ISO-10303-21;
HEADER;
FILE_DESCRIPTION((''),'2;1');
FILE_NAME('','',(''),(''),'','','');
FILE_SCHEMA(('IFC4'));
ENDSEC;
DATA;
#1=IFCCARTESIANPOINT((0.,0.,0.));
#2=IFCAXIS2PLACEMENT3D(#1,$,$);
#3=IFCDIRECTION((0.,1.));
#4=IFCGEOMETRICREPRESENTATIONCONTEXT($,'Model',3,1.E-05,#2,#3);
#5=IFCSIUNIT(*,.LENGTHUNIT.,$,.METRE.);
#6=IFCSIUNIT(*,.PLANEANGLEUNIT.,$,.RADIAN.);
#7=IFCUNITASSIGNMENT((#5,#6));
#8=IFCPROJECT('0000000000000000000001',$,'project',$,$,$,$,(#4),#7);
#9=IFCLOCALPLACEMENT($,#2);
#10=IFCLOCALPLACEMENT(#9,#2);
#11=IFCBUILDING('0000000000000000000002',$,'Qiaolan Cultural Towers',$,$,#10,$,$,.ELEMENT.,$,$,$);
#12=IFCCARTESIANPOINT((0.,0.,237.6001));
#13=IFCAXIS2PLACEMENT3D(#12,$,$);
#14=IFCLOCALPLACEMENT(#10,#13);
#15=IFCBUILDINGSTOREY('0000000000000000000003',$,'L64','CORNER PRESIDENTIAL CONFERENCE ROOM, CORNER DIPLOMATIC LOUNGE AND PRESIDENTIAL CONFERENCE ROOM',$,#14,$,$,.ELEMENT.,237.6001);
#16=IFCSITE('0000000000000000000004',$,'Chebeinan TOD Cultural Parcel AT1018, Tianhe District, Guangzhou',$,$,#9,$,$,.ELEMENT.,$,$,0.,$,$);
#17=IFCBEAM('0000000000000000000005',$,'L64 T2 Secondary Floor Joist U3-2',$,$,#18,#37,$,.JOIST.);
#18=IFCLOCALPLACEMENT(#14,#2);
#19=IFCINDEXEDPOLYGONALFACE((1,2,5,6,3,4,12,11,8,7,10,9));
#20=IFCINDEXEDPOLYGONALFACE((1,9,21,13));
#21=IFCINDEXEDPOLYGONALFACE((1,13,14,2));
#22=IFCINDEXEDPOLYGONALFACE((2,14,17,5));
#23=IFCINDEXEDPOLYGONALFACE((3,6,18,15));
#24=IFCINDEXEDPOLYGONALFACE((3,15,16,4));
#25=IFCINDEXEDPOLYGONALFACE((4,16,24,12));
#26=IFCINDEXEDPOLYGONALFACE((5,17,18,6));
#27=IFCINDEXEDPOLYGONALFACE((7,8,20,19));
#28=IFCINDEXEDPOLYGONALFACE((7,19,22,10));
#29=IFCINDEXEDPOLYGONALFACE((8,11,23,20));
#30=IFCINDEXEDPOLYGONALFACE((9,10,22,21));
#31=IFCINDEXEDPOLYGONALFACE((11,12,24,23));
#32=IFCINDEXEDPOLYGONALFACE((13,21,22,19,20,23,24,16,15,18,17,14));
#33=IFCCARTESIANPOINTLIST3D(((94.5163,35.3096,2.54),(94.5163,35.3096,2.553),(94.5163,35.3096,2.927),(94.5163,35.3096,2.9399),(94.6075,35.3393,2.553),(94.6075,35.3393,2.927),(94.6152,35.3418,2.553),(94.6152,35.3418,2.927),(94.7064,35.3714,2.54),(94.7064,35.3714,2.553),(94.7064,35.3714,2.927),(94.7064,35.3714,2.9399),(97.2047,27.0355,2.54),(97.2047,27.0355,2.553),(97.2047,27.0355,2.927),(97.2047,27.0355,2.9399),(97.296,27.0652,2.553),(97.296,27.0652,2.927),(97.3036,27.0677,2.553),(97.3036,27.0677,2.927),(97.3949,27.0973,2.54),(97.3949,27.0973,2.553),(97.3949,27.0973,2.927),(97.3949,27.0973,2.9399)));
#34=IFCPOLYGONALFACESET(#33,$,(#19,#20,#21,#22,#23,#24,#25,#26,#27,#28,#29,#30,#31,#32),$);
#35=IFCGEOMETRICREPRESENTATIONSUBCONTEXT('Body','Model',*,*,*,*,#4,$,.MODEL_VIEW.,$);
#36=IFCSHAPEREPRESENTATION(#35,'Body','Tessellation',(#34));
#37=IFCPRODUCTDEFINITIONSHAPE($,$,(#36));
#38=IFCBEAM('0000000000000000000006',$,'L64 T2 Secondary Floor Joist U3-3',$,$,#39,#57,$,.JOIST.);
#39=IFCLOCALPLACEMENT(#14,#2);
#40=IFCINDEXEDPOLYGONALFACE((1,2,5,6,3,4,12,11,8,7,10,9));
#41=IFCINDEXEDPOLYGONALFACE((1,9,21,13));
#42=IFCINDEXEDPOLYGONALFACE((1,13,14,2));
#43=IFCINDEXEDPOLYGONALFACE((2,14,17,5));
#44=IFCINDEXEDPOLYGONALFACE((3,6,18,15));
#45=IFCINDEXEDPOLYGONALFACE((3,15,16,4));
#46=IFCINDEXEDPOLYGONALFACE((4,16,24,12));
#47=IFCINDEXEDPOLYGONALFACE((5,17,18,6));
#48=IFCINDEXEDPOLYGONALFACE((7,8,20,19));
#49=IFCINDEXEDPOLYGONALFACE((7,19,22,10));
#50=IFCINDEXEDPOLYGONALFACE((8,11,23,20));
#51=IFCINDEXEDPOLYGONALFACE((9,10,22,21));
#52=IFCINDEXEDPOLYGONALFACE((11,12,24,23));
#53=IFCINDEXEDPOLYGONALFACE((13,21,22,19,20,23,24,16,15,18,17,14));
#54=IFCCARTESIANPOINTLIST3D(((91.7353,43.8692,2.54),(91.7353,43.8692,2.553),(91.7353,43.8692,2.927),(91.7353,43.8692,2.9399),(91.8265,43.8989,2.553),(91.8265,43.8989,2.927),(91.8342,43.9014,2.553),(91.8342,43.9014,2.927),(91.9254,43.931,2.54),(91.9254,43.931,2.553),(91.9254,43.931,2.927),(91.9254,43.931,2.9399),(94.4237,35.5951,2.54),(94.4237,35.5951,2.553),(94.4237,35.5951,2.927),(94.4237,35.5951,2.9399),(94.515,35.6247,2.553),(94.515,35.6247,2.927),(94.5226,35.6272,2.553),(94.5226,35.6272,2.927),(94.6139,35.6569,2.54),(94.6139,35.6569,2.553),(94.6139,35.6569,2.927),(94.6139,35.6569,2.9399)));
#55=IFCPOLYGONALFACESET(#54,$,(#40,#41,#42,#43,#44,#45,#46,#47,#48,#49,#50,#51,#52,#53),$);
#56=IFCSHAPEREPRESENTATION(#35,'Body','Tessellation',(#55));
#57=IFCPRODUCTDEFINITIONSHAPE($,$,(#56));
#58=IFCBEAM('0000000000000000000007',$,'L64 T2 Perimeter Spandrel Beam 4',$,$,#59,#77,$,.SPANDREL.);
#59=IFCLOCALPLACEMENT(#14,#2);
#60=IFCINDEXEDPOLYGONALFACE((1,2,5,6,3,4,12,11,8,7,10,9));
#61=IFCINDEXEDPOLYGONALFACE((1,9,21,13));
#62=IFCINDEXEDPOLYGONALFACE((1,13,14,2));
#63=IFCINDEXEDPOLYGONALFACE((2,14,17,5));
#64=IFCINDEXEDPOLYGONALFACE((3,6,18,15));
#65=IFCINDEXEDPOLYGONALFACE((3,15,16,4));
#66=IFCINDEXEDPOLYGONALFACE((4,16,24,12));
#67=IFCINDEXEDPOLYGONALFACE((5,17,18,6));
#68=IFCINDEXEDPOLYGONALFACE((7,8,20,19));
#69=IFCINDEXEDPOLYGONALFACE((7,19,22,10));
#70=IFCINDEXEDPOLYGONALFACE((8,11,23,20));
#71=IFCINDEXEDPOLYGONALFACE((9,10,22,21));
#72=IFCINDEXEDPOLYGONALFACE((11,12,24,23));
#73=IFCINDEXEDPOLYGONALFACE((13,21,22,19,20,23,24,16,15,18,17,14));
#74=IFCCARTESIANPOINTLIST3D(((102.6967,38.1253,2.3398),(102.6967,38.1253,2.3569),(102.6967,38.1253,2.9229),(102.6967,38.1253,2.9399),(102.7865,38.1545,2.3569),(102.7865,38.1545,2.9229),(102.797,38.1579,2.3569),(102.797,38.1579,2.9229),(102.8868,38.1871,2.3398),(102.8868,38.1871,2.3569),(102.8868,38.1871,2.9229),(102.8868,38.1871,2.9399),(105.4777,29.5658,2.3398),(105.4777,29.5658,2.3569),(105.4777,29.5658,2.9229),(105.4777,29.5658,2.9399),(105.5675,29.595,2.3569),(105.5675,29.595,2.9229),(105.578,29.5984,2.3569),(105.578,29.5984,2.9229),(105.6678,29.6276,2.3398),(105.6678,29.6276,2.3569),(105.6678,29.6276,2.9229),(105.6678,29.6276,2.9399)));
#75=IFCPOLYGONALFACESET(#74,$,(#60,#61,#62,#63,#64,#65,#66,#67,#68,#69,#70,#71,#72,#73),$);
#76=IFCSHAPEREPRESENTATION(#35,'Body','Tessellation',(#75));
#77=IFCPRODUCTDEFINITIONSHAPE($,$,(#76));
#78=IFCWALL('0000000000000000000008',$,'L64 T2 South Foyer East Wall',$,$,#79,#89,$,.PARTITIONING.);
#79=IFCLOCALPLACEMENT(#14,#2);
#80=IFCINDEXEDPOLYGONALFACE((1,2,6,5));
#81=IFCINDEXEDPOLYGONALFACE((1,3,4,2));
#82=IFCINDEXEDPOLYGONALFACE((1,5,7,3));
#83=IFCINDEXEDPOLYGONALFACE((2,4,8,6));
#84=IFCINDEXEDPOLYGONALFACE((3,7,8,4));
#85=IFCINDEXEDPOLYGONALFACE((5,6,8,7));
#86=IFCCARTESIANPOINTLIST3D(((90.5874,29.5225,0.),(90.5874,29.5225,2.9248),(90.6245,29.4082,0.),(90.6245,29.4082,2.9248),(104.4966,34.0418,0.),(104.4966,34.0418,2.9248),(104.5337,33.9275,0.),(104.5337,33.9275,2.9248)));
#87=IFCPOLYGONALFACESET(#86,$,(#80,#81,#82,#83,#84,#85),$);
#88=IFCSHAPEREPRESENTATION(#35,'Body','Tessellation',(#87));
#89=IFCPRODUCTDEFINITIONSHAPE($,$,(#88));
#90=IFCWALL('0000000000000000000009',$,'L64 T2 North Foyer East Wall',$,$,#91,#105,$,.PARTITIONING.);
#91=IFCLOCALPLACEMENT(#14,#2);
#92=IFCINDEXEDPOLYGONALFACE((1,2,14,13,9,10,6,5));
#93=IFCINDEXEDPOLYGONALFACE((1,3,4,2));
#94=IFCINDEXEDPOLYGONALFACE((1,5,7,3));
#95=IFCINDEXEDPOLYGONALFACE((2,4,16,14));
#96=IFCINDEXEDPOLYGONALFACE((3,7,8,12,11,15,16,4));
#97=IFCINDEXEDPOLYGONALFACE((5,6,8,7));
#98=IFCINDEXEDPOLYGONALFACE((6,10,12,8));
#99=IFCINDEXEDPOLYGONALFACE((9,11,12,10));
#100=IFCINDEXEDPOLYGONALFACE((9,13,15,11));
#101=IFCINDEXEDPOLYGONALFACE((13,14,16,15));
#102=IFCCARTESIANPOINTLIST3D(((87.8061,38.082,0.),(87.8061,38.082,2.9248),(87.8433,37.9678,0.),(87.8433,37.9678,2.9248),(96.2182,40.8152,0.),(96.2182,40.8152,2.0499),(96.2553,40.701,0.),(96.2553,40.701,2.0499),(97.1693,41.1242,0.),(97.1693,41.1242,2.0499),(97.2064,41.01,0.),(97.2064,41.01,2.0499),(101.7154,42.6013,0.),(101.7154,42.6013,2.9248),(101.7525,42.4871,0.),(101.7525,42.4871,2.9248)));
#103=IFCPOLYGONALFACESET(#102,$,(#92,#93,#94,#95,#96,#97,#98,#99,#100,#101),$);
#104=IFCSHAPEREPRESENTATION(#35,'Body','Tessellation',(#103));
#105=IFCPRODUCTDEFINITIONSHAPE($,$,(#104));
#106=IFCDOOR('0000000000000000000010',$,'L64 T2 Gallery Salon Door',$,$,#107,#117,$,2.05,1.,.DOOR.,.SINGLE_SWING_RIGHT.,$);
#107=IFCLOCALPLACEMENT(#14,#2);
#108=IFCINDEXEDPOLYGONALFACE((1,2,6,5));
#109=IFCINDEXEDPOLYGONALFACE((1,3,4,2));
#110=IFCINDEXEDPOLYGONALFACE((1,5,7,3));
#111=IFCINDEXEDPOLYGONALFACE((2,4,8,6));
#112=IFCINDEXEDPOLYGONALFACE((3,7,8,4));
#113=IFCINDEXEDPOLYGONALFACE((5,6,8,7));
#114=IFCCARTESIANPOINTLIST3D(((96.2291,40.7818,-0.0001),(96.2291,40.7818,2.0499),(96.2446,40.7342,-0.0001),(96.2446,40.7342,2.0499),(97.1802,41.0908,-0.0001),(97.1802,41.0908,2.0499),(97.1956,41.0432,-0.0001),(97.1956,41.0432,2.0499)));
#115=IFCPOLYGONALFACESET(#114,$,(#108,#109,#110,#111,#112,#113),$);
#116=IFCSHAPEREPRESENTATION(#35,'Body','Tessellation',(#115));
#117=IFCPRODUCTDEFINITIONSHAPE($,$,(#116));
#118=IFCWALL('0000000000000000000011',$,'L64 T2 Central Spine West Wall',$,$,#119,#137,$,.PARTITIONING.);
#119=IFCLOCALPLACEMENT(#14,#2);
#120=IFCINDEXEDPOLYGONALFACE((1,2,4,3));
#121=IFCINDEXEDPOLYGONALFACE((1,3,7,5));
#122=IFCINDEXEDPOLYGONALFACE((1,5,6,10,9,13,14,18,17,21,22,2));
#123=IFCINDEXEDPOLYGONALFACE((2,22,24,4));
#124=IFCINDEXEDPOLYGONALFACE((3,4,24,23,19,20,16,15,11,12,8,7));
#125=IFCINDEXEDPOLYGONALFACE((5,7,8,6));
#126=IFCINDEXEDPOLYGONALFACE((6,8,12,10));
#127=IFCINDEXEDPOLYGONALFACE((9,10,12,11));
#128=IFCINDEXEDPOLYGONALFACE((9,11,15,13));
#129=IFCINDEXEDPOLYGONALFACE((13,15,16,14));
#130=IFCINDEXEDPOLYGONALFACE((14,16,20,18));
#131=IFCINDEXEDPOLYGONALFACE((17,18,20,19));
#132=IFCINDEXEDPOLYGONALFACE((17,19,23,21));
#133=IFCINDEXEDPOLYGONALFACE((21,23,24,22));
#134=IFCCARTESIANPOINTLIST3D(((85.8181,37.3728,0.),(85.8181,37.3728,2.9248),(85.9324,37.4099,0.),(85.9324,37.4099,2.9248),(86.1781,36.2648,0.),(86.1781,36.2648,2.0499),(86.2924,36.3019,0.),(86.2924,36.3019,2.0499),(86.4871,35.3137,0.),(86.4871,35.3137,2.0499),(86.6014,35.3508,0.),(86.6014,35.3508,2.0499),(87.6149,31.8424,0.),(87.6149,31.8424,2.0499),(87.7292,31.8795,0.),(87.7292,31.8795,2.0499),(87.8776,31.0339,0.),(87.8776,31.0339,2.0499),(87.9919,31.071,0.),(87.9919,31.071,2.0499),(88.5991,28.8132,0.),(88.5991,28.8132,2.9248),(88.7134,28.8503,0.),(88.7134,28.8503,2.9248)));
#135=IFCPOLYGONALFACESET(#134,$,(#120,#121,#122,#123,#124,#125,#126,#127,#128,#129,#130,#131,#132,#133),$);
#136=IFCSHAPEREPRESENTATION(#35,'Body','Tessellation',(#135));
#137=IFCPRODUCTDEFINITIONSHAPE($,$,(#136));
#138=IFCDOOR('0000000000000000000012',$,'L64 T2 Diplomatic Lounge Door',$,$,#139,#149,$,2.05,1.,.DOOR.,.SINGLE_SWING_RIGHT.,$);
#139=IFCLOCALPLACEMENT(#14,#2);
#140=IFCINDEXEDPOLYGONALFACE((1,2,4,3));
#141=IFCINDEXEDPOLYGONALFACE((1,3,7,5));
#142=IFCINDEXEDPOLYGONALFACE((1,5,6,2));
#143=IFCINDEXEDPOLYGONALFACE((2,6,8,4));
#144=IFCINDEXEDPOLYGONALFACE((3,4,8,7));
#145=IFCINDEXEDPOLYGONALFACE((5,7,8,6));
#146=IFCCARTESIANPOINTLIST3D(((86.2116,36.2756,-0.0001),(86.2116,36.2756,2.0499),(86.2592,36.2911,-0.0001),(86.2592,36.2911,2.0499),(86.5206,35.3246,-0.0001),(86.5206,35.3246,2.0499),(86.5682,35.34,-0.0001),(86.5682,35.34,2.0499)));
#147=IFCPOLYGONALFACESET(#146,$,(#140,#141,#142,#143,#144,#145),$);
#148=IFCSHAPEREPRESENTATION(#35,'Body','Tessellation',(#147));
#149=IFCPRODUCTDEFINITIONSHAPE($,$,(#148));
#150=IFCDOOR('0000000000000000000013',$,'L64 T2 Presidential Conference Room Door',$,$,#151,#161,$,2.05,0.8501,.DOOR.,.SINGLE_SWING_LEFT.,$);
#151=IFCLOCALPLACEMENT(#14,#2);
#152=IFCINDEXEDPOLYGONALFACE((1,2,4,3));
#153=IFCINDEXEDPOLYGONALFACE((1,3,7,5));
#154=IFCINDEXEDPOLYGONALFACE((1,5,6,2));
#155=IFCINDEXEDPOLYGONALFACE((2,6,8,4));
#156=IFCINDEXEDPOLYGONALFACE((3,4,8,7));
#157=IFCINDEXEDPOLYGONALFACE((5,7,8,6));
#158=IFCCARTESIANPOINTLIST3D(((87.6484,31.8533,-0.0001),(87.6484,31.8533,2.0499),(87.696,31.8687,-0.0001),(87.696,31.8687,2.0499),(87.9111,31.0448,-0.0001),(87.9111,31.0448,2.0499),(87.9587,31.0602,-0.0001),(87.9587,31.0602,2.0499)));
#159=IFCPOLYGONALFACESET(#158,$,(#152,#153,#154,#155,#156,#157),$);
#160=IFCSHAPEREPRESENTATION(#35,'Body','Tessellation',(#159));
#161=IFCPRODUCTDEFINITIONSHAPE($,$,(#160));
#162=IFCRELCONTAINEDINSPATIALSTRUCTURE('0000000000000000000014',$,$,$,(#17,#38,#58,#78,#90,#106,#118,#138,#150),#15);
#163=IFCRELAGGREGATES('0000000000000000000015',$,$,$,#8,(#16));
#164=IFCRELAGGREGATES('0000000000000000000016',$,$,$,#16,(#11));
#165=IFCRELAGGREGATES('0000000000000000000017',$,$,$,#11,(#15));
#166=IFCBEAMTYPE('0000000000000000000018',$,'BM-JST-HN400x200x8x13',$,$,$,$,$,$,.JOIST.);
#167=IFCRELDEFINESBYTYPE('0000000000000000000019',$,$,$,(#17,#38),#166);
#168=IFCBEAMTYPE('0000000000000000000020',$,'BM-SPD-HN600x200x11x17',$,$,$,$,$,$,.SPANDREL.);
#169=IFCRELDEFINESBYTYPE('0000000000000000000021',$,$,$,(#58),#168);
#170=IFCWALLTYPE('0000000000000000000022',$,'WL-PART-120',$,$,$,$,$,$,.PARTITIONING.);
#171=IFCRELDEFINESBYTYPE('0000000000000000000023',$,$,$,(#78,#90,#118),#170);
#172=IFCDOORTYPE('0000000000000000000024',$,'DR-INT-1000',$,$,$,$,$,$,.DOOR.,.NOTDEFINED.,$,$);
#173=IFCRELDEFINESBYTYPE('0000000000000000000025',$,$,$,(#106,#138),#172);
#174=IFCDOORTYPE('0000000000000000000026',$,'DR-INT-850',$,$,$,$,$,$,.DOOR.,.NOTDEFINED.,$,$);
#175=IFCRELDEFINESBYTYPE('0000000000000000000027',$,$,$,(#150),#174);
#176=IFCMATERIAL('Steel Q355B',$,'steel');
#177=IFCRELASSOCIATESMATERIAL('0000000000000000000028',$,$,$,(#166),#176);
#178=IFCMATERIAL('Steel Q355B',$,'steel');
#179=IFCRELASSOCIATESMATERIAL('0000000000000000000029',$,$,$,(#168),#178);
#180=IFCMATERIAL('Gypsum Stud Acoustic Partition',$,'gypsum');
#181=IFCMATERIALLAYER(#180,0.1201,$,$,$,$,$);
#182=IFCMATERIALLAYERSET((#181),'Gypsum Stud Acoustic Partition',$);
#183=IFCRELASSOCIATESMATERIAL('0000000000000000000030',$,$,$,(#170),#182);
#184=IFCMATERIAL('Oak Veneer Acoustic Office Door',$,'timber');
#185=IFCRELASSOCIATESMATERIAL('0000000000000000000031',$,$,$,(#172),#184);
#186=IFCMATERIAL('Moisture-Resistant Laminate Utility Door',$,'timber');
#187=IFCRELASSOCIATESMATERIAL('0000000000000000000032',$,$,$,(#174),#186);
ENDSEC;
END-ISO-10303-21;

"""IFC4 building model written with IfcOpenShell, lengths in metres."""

from ifc_helpers import new_model, si_unit, direction, frame, frame_2d, origin, origin_2d, place, context, subcontext, project, spatial, rectangle, i_section, extrude, material, layer, layer_set, material_profile, profile_set, type_object, element, fill, save


model = new_model("IFC4")

# Units and contexts
model_context = context("Model", 3, precision=1e-05, world=origin(), true_north=direction((0.0, 1.0)))
body_context = subcontext(model_context, "Body", "Model", "MODEL_VIEW")
ifc_project = project(units=[si_unit("LENGTHUNIT", "METRE"), si_unit("PLANEANGLEUNIT", "RADIAN")], contexts=[model_context])

# Site, building, storey
site_placement = place(None, origin())
site = spatial("IfcSite", under=ifc_project, at=site_placement, Name="Chebeinan TOD Cultural Parcel AT1018, Tianhe District, Guangzhou", CompositionType="ELEMENT", RefElevation=0.0)
building_placement = place(site_placement, origin())
building = spatial("IfcBuilding", under=site, at=building_placement, Name="Qiaolan Cultural Towers", CompositionType="ELEMENT")
storey_placement = place(building_placement, frame((0.0, 0.0, 237.6001)))
storey = spatial("IfcBuildingStorey", under=building, at=storey_placement, Name="L64", Description="CORNER PRESIDENTIAL CONFERENCE ROOM, CORNER DIPLOMATIC LOUNGE AND PRESIDENTIAL CONFERENCE ROOM", CompositionType="ELEMENT", Elevation=237.6001)

# Beams
ifc_material_1 = material(Name="Steel Q355B", Category="steel")
ifc_material_profile_1 = material_profile(ifc_material_1, i_section(OverallWidth=0.2, OverallDepth=0.3999, WebThickness=0.0081, FlangeThickness=0.0129, at=origin_2d()), Name="HN400x200x8x13")
ifc_profile_set_1 = profile_set([ifc_material_profile_1], Name="Steel Q355B")
beam_type_1 = type_object("IfcBeamType", Name="BM-JST-HN400x200x8x13", PredefinedType="JOIST", material=ifc_profile_set_1)
for number, where, z_axis, x_axis, name in (
    (1, (97.2998, 27.0664, 2.74), (-0.309021, 0.951055, 0.0), (-0.951055, -0.309021, 0.0), "L64 T2 Secondary Floor Joist U3-2"),
    (2, (94.5188, 35.626, 2.74), (-0.309021, 0.951055, 0.0), (-0.951055, -0.309021, 0.0), "L64 T2 Secondary Floor Joist U3-3"),
):
    element("IfcBeam", number, at=place(storey_placement, frame(where, z_axis=z_axis, x_axis=x_axis)), inside=storey, type_object=beam_type_1, Name=name, PredefinedType="JOIST", context=body_context, shape_type="SweptSolid", body=[
        extrude(i_section(OverallWidth=0.2, OverallDepth=0.3999, WebThickness=0.0081, FlangeThickness=0.0129, at=origin_2d()), origin(), (0.0, 0.0, 1.0), 8.7),
    ])
ifc_material_2 = material(Name="Steel Q355B", Category="steel")
ifc_material_profile_2 = material_profile(ifc_material_2, i_section(OverallWidth=0.2, OverallDepth=0.6001, WebThickness=0.011, FlangeThickness=0.0171, at=origin_2d()), Name="HN600x200x11x17")
ifc_profile_set_2 = profile_set([ifc_material_profile_2], Name="Steel Q355B")
beam_type_2 = type_object("IfcBeamType", Name="BM-SPD-HN600x200x11x17", PredefinedType="SPANDREL", material=ifc_profile_set_2)
beam_1_placement = place(storey_placement, frame((105.5728, 29.5967, 2.6399), z_axis=(-0.309, 0.951062, 0.0), x_axis=(-0.951062, -0.309, 0.0)))
element("IfcBeam", 3, at=beam_1_placement, inside=storey, type_object=beam_type_2, Name="L64 T2 Perimeter Spandrel Beam 4", PredefinedType="SPANDREL", context=body_context, shape_type="SweptSolid", body=[
    extrude(i_section(OverallWidth=0.2, OverallDepth=0.6001, WebThickness=0.011, FlangeThickness=0.0171, at=origin_2d()), origin(), (0.0, 0.0, 1.0), 9.0),
])

# Wall
ifc_material_3 = material(Name="Gypsum Stud Acoustic Partition", Category="gypsum")
ifc_layer_1 = layer(ifc_material_3, 0.1201)
ifc_layer_set_1 = layer_set([ifc_layer_1], Name="Gypsum Stud Acoustic Partition")
wall_type_1 = type_object("IfcWallType", Name="WL-PART-120", PredefinedType="PARTITIONING", material=ifc_layer_set_1)
wall_1_placement = place(storey_placement, frame((90.606, 29.4653, 0.0), z_axis=(0.0, 0.0, 1.0), x_axis=(0.951058, 0.309012, 0.0)))
element("IfcWall", 4, at=wall_1_placement, inside=storey, type_object=wall_type_1, Name="L64 T2 South Foyer East Wall", PredefinedType="PARTITIONING", context=body_context, shape_type="SweptSolid", body=[
    extrude(rectangle(XDim=14.625, YDim=0.1201, at=frame_2d((7.3125, 0.0))), origin(), (0.0, 0.0, 1.0), 2.9248),
])

# Wall, opening, door
wall_2_placement = place(storey_placement, frame((87.8247, 38.0249, 0.0), z_axis=(0.0, 0.0, 1.0), x_axis=(0.951058, 0.309012, 0.0)))
wall_2 = element("IfcWall", 5, at=wall_2_placement, inside=storey, type_object=wall_type_1, Name="L64 T2 North Foyer East Wall", PredefinedType="PARTITIONING", context=body_context, shape_type="SweptSolid", body=[
    extrude(rectangle(XDim=14.625, YDim=0.1201, at=frame_2d((7.3125, 0.0))), origin(), (0.0, 0.0, 1.0), 2.9248),
])
opening_1_placement = place(wall_2_placement, frame((8.845, 0.0, 0.0)))
opening_1 = element("IfcOpeningElement", 6, at=opening_1_placement, cuts=wall_2, PredefinedType="OPENING", context=body_context, shape_type="SweptSolid", body=[
    extrude(rectangle(XDim=1.0, YDim=2.05, at=frame_2d((0.5, 1.0249))), frame((0.0, 0.0701, 0.0), z_axis=(0.0, -1.0, 0.0), x_axis=(1.0, 0.0, 0.0)), (0.0, 0.0, 1.0), 0.1401),
])
ifc_material_4 = material(Name="Oak Veneer Acoustic Office Door", Category="timber")
door_type_1 = type_object("IfcDoorType", Name="DR-INT-1000", OperationType="NOTDEFINED", PredefinedType="DOOR", material=ifc_material_4)
door_1_placement = place(opening_1_placement, origin())
door_1 = element("IfcDoor", 7, at=door_1_placement, inside=storey, type_object=door_type_1, Name="L64 T2 Gallery Salon Door", OperationType="SINGLE_SWING_RIGHT", OverallHeight=2.05, OverallWidth=1.0, PredefinedType="DOOR", context=body_context, shape_type="SweptSolid", body=[
    extrude(rectangle(XDim=1.0, YDim=2.05, at=frame_2d((0.5, 1.0249))), frame((0.0, 0.0249, 0.0), z_axis=(0.0, -1.0, 0.0), x_axis=(1.0, 0.0, 0.0)), (0.0, 0.0, 1.0), 0.05),
])
fill(opening_1, door_1)

# Wall, openings, doors
wall_3_placement = place(storey_placement, frame((88.6562, 28.8318, 0.0), z_axis=(0.0, 0.0, 1.0), x_axis=(-0.309, 0.951062, 0.0)))
wall_3 = element("IfcWall", 8, at=wall_3_placement, inside=storey, type_object=wall_type_1, Name="L64 T2 Central Spine West Wall", PredefinedType="PARTITIONING", context=body_context, shape_type="SweptSolid", body=[
    extrude(rectangle(XDim=9.0, YDim=0.1201, at=frame_2d((4.5, 0.0))), origin(), (0.0, 0.0, 1.0), 2.9248),
])
opening_2_placement = place(wall_3_placement, frame((2.335, 0.0, 0.0)))
opening_2 = element("IfcOpeningElement", 9, at=opening_2_placement, cuts=wall_3, PredefinedType="OPENING", context=body_context, shape_type="SweptSolid", body=[
    extrude(rectangle(XDim=0.8501, YDim=2.05, at=frame_2d((0.425, 1.0249))), frame((0.0, 0.0701, 0.0), z_axis=(0.0, -1.0, 0.0), x_axis=(1.0, 0.0, 0.0)), (0.0, 0.0, 1.0), 0.1401),
])
opening_3_placement = place(wall_3_placement, frame((6.835, 0.0, 0.0)))
opening_3 = element("IfcOpeningElement", 10, at=opening_3_placement, cuts=wall_3, PredefinedType="OPENING", context=body_context, shape_type="SweptSolid", body=[
    extrude(rectangle(XDim=1.0, YDim=2.05, at=frame_2d((0.5, 1.0249))), frame((0.0, 0.0701, 0.0), z_axis=(0.0, -1.0, 0.0), x_axis=(1.0, 0.0, 0.0)), (0.0, 0.0, 1.0), 0.1401),
])
door_2_placement = place(opening_3_placement, origin())
door_2 = element("IfcDoor", 11, at=door_2_placement, inside=storey, type_object=door_type_1, Name="L64 T2 Diplomatic Lounge Door", OperationType="SINGLE_SWING_RIGHT", OverallHeight=2.05, OverallWidth=1.0, PredefinedType="DOOR", context=body_context, shape_type="SweptSolid", body=[
    extrude(rectangle(XDim=1.0, YDim=2.05, at=frame_2d((0.5, 1.0249))), frame((0.0, 0.0249, 0.0), z_axis=(0.0, -1.0, 0.0), x_axis=(1.0, 0.0, 0.0)), (0.0, 0.0, 1.0), 0.05),
])
fill(opening_3, door_2)
ifc_material_5 = material(Name="Moisture-Resistant Laminate Utility Door", Category="timber")
door_type_2 = type_object("IfcDoorType", Name="DR-INT-850", OperationType="NOTDEFINED", PredefinedType="DOOR", material=ifc_material_5)
door_3_placement = place(opening_2_placement, origin())
door_3 = element("IfcDoor", 12, at=door_3_placement, inside=storey, type_object=door_type_2, Name="L64 T2 Presidential Conference Room Door", OperationType="SINGLE_SWING_LEFT", OverallHeight=2.05, OverallWidth=0.8501, PredefinedType="DOOR", context=body_context, shape_type="SweptSolid", body=[
    extrude(rectangle(XDim=0.8501, YDim=2.05, at=frame_2d((0.425, 1.0249))), frame((0.0, 0.0249, 0.0), z_axis=(0.0, -1.0, 0.0), x_axis=(1.0, 0.0, 0.0)), (0.0, 0.0, 1.0), 0.05),
])
fill(opening_2, door_3)

save(model, "model.ifc")
